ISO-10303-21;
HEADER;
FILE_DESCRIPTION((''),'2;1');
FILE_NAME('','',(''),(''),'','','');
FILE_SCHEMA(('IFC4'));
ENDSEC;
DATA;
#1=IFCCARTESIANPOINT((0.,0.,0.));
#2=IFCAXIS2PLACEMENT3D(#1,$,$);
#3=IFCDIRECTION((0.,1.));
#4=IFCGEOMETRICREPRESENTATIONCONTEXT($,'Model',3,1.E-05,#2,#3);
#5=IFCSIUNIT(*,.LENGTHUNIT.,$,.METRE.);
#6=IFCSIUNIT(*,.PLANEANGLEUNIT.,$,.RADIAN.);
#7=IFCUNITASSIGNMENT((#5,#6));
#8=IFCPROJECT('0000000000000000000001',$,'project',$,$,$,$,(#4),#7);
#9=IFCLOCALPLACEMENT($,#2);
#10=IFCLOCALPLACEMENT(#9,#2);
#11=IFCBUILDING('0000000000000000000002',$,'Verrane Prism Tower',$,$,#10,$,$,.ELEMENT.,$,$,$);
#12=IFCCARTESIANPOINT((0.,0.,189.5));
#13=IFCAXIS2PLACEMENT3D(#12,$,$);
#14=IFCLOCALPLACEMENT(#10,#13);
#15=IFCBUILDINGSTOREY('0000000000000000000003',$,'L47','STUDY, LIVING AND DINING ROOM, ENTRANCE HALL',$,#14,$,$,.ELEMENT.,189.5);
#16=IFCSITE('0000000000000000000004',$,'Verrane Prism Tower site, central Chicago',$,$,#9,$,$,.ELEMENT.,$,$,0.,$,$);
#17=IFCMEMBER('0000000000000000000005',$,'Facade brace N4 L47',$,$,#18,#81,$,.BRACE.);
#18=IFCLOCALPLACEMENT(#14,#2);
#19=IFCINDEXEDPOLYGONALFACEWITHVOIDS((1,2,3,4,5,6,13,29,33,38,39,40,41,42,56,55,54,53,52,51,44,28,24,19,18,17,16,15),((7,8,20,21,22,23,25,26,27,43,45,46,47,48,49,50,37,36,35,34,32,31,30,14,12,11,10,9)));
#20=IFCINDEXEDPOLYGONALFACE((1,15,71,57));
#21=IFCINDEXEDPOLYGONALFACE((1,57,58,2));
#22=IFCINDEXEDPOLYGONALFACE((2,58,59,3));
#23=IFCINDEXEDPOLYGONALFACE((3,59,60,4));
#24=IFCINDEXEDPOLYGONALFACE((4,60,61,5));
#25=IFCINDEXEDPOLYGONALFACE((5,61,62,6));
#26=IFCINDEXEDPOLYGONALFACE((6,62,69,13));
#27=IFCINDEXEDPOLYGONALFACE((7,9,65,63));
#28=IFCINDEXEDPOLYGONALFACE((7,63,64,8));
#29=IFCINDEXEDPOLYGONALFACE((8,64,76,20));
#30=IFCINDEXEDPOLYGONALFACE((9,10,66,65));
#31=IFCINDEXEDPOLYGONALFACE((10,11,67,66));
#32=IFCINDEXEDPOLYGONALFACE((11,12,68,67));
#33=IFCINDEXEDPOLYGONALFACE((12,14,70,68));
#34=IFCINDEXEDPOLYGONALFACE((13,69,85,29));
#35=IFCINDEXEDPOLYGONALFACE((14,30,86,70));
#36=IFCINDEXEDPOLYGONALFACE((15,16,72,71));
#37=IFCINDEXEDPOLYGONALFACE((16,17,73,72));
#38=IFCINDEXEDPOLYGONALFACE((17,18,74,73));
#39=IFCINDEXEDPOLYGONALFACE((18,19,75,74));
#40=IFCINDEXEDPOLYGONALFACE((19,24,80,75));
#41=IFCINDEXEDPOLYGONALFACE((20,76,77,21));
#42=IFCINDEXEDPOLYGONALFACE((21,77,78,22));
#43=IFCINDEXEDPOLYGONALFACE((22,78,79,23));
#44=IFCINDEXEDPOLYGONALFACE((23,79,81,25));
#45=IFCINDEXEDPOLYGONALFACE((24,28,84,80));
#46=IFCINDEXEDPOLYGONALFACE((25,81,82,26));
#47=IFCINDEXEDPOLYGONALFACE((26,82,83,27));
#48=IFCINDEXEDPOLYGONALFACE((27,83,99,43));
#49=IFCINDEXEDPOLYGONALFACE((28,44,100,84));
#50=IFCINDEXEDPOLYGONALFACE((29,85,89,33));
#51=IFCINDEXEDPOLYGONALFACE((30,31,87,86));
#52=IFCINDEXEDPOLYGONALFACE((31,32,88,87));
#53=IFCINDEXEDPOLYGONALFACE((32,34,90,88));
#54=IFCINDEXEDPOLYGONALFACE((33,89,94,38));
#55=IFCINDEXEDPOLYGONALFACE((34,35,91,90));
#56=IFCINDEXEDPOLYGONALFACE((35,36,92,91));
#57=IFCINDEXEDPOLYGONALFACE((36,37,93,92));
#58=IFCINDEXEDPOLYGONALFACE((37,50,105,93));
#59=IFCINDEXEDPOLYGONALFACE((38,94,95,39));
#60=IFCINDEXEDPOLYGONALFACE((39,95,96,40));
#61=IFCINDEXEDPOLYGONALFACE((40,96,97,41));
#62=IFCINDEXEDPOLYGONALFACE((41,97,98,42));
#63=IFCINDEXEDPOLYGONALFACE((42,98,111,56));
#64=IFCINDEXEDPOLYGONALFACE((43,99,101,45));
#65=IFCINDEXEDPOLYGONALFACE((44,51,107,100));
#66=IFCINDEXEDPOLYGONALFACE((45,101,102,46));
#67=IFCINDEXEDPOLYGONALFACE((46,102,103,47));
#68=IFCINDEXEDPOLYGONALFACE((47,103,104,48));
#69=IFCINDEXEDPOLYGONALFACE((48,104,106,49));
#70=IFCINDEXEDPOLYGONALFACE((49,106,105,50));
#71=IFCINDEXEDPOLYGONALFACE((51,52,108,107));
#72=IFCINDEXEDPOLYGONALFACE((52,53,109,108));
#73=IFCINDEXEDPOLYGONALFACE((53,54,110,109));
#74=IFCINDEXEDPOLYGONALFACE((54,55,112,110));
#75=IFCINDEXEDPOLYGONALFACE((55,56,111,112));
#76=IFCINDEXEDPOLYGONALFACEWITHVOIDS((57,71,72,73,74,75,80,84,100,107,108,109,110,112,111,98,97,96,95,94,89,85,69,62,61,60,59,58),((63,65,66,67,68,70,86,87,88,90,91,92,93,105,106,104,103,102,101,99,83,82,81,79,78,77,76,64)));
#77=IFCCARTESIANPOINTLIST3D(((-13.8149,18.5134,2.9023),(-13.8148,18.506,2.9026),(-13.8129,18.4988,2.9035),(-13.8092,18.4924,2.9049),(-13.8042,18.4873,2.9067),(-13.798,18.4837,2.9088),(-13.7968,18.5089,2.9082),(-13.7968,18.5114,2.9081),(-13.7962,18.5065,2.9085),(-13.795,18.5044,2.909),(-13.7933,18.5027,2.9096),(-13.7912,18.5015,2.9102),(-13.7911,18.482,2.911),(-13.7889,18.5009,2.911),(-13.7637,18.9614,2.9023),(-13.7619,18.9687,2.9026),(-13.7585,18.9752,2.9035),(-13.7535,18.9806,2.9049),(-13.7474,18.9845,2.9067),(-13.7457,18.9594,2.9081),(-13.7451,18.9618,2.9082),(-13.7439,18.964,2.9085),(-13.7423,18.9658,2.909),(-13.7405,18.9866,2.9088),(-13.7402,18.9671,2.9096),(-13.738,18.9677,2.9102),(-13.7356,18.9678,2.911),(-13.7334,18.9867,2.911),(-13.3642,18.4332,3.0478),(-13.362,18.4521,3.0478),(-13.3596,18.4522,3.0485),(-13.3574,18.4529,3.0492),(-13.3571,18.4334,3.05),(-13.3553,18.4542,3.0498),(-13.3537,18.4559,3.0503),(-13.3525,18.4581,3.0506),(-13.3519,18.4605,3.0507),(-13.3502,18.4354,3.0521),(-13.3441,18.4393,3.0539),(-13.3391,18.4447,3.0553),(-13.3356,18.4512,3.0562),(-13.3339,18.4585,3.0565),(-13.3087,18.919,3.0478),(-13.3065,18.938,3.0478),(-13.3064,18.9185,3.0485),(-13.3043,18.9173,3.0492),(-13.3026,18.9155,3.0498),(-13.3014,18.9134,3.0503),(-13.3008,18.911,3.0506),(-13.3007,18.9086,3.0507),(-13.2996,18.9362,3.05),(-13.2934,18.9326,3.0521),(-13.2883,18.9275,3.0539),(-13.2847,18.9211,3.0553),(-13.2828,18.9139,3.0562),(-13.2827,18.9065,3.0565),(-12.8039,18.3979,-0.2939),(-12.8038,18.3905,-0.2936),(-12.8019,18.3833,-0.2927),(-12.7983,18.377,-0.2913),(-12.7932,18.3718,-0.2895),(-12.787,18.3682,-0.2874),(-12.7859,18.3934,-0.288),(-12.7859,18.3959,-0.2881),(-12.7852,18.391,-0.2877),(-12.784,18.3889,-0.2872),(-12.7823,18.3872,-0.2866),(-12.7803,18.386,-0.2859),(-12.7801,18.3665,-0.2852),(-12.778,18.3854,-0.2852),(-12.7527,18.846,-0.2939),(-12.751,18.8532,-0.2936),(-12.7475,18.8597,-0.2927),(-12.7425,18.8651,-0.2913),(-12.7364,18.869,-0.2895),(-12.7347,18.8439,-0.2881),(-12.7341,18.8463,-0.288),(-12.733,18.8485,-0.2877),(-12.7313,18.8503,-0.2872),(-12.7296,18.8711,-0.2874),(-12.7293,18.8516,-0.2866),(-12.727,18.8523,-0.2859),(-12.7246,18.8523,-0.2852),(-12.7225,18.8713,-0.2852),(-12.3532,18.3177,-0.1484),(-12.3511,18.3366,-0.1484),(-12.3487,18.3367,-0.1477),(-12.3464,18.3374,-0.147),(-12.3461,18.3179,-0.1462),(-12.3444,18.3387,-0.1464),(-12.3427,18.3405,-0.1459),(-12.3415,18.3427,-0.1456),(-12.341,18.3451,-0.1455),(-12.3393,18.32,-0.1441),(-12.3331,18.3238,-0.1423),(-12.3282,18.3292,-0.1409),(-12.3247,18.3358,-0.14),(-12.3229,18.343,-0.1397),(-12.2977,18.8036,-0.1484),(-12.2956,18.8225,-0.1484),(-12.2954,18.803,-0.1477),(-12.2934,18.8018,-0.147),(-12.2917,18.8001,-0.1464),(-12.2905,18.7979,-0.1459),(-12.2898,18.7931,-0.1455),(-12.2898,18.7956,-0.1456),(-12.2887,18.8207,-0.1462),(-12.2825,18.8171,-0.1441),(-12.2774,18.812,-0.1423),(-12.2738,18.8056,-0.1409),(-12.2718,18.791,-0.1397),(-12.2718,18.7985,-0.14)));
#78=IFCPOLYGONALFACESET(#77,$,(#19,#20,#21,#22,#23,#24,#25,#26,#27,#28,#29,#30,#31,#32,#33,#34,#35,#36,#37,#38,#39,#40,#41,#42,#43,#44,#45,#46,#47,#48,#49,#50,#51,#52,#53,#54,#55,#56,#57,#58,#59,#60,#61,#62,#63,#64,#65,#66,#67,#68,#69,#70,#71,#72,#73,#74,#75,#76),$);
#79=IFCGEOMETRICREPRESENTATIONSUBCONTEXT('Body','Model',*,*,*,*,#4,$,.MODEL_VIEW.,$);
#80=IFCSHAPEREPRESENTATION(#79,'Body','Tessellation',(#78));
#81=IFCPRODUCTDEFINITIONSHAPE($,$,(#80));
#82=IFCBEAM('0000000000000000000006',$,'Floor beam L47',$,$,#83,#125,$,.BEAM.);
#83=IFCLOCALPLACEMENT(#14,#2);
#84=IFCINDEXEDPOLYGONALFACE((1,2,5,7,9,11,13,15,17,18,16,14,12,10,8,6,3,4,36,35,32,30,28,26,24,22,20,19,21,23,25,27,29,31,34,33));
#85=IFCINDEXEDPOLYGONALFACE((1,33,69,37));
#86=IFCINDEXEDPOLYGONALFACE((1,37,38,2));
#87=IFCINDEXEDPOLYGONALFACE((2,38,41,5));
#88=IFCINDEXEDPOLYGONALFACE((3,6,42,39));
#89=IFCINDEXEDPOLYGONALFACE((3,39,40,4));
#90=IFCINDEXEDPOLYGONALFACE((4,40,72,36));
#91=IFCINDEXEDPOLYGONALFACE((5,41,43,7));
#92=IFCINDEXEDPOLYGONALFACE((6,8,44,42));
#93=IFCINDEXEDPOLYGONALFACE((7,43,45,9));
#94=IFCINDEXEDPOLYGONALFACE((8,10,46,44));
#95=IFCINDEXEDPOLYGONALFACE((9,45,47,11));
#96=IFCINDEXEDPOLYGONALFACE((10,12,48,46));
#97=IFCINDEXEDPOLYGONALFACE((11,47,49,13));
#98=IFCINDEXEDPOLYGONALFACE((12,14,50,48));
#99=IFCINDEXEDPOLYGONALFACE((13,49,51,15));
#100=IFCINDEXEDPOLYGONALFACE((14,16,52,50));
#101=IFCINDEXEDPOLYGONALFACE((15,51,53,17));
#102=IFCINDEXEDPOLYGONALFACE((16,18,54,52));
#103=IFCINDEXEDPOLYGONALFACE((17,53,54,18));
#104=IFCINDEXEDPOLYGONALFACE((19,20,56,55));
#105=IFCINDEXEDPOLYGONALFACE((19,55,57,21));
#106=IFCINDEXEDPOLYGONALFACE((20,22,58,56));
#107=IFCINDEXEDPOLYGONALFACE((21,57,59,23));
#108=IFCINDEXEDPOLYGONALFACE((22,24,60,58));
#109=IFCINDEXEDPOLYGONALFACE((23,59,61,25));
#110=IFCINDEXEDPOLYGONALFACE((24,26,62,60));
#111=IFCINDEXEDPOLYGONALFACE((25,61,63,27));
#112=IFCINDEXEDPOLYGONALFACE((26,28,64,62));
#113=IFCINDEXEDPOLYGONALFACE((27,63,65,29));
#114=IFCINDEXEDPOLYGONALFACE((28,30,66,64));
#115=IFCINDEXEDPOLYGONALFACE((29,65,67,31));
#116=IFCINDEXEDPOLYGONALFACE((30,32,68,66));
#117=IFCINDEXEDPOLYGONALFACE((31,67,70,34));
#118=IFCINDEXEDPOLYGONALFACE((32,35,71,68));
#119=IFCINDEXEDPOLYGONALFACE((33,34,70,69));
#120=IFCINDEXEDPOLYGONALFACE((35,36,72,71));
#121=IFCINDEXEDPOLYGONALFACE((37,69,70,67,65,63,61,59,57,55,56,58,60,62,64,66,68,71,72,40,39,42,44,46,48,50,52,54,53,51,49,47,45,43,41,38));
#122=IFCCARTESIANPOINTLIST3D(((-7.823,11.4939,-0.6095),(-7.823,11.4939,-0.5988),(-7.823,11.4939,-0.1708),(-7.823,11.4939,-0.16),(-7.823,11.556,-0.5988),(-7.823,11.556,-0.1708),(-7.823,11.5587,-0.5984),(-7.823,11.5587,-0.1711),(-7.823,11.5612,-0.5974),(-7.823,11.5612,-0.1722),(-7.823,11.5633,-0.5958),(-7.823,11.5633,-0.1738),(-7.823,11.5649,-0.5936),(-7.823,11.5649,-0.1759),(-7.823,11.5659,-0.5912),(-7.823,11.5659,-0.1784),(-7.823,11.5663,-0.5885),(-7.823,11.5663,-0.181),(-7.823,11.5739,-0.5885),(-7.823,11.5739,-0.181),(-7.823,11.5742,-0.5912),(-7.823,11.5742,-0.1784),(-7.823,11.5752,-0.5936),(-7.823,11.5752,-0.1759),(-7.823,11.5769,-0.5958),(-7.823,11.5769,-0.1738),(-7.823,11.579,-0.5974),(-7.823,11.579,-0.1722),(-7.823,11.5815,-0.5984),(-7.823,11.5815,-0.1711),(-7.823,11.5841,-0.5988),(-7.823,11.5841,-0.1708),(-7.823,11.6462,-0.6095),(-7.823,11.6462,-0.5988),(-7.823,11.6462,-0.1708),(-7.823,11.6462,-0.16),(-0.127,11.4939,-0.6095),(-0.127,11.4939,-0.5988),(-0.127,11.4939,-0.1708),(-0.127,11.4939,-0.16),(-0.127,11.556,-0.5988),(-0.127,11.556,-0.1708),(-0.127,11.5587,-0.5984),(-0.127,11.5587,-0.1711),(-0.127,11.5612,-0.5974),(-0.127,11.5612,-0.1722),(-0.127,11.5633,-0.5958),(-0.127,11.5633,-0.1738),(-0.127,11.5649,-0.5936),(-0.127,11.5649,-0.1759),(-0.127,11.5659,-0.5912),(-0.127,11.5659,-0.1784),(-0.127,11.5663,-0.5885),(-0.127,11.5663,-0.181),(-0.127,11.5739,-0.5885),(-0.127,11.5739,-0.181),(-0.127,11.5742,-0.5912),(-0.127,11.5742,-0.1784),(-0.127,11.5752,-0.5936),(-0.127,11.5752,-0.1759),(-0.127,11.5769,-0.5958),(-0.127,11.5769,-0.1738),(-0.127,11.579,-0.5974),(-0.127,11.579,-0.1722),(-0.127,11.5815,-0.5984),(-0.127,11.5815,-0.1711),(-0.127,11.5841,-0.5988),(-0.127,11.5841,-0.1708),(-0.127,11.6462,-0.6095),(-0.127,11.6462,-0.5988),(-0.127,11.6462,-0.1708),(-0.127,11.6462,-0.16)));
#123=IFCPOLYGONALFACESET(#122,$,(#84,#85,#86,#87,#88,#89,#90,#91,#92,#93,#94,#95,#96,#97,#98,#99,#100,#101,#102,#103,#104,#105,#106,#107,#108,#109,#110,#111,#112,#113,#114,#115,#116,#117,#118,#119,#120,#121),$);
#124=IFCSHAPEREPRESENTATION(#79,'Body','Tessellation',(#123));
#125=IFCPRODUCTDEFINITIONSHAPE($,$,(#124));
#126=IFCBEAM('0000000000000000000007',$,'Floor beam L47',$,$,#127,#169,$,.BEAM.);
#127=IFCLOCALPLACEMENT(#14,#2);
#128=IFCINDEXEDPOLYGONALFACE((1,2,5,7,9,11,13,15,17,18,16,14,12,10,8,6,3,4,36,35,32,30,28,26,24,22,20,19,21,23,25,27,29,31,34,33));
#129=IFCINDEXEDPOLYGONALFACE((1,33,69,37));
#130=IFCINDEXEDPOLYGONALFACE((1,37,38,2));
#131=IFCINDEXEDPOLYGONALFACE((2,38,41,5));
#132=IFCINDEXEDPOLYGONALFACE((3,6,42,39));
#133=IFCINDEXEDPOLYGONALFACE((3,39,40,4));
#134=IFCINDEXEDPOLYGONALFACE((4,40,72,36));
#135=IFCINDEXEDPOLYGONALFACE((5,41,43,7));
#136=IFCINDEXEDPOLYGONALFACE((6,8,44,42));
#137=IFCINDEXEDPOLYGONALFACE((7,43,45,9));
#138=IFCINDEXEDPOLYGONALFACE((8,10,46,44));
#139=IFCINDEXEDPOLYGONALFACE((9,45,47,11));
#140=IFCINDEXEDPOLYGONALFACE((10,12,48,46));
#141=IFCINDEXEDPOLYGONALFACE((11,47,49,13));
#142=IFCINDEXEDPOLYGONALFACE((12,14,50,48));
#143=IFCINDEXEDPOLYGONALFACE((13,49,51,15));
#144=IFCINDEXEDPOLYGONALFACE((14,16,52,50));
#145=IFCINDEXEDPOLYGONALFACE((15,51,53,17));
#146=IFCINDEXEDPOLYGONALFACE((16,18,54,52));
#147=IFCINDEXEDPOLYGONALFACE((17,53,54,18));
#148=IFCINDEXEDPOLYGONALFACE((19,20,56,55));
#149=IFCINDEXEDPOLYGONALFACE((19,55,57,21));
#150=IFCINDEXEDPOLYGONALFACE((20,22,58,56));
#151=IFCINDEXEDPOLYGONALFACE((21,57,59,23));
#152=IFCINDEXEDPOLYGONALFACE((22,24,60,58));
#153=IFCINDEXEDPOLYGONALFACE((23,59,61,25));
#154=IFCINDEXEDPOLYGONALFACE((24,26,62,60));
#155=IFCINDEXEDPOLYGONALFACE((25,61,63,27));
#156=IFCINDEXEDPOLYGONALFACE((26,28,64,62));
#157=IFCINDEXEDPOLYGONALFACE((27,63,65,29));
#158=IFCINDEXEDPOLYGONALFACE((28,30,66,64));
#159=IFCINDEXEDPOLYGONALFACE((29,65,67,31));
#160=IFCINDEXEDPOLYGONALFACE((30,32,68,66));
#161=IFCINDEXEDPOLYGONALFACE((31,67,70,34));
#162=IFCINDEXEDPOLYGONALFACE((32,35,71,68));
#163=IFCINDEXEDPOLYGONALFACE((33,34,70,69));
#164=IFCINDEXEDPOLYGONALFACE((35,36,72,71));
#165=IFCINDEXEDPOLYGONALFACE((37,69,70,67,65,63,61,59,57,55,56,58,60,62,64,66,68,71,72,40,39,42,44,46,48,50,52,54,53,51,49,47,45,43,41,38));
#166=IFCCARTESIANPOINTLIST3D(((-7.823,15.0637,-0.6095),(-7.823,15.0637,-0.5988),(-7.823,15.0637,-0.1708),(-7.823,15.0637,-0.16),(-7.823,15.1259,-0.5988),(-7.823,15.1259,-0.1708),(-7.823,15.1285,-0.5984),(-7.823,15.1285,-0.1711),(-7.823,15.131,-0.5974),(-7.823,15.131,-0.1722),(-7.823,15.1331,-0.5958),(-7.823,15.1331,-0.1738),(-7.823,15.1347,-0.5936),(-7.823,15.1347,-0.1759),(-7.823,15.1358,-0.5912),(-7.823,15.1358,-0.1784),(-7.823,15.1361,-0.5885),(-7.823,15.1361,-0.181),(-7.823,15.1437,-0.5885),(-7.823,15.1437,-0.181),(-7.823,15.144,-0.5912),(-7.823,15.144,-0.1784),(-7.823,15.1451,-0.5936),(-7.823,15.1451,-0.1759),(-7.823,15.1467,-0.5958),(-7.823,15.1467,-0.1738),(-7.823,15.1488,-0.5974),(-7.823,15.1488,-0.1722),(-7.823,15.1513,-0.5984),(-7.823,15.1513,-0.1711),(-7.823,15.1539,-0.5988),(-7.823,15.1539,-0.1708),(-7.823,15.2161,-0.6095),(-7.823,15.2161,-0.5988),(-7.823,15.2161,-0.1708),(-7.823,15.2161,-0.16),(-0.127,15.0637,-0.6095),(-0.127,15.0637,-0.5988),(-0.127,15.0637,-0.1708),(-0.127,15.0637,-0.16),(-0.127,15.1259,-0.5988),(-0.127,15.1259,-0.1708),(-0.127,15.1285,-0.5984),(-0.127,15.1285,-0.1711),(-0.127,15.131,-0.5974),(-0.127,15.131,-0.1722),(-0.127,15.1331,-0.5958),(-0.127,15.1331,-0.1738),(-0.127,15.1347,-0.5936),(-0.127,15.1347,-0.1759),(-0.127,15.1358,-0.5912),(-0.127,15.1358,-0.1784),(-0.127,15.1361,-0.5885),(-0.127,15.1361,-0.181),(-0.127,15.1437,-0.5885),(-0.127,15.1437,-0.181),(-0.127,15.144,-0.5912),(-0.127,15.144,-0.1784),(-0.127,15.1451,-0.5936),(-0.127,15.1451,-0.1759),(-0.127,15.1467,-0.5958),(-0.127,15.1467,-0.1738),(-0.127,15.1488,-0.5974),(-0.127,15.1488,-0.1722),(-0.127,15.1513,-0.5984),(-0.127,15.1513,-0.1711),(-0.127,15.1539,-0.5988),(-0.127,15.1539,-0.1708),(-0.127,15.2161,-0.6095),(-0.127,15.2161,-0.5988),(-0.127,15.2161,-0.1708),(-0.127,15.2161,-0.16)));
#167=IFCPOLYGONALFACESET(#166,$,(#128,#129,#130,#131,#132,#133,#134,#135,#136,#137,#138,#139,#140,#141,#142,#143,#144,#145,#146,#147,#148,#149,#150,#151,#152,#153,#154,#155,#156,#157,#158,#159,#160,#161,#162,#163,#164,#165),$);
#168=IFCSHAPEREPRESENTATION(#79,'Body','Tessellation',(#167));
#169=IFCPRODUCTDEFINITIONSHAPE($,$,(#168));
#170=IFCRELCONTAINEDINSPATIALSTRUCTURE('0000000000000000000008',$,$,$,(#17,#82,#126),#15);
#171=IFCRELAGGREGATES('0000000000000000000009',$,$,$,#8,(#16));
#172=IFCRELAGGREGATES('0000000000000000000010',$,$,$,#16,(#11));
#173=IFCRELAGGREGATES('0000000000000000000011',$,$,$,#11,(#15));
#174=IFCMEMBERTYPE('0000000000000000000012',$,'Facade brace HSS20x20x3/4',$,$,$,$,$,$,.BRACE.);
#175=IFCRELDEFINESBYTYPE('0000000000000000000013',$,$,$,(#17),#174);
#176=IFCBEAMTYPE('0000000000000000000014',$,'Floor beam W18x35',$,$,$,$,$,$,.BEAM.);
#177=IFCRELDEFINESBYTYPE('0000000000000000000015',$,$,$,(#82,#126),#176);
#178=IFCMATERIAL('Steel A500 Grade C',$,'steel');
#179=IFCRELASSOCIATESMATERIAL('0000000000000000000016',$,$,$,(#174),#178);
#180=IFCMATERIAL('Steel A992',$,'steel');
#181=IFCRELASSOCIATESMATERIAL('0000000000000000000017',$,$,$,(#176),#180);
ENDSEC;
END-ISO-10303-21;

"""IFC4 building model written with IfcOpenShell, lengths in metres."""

from ifc_helpers import new_model, si_unit, direction, frame, origin, origin_2d, place, context, subcontext, project, spatial, hollow_rectangle, i_section, extrude, material, material_profile, profile_set, type_object, element, save


model = new_model("IFC4")

# Units and contexts
model_context = context("Model", 3, precision=1e-05, world=origin(), true_north=direction((0.0, 1.0)))
body_context = subcontext(model_context, "Body", "Model", "MODEL_VIEW")
ifc_project = project(units=[si_unit("LENGTHUNIT", "METRE"), si_unit("PLANEANGLEUNIT", "RADIAN")], contexts=[model_context])

# Site, building, storey
site_placement = place(None, origin())
site = spatial("IfcSite", under=ifc_project, at=site_placement, Name="Verrane Prism Tower site, central Chicago", CompositionType="ELEMENT", RefElevation=0.0)
building_placement = place(site_placement, origin())
building = spatial("IfcBuilding", under=site, at=building_placement, Name="Verrane Prism Tower", CompositionType="ELEMENT")
storey_placement = place(building_placement, frame((0.0, 0.0, 189.5)))
storey = spatial("IfcBuildingStorey", under=building, at=storey_placement, Name="L47", Description="STUDY, LIVING AND DINING ROOM, ENTRANCE HALL", CompositionType="ELEMENT", Elevation=189.5)

# Member
ifc_material_1 = material(Name="Steel A500 Grade C", Category="steel")
ifc_material_profile_1 = material_profile(ifc_material_1, hollow_rectangle(XDim=0.5081, YDim=0.5081, WallThickness=0.019, InnerFilletRadius=0.0095, OuterFilletRadius=0.0286, at=origin_2d()), Name="HSS20x20x3/4")
ifc_profile_set_1 = profile_set([ifc_material_profile_1], Name="Steel A500 Grade C")
member_type_1 = type_object("IfcMemberType", Name="Facade brace HSS20x20x3/4", PredefinedType="BRACE", material=ifc_profile_set_1)
member_1_placement = place(storey_placement, frame((-12.5378, 18.5945, -0.2168), z_axis=(-0.301395, 0.034426, 0.952878), x_axis=(-0.113486, -0.99354, 0.0)))
element("IfcMember", 1, at=member_1_placement, inside=storey, type_object=member_type_1, Name="Facade brace N4 L47", PredefinedType="BRACE", context=body_context, shape_type="SweptSolid", body=[
    extrude(hollow_rectangle(XDim=0.5081, YDim=0.5081, WallThickness=0.019, InnerFilletRadius=0.0095, OuterFilletRadius=0.0286, at=origin_2d()), origin(), (0.0, 0.0, 1.0), 3.3542),
])

# Beams
ifc_material_2 = material(Name="Steel A992", Category="steel")
ifc_material_profile_2 = material_profile(ifc_material_2, i_section(OverallWidth=0.1523, OverallDepth=0.4495, WebThickness=0.0076, FlangeThickness=0.0107, FilletRadius=0.0103, at=origin_2d()), Name="W18x35")
ifc_profile_set_2 = profile_set([ifc_material_profile_2], Name="Steel A992")
beam_type_1 = type_object("IfcBeamType", Name="Floor beam W18x35", PredefinedType="BEAM", material=ifc_profile_set_2)
for number, where, z_axis, x_axis, name in (
    (2, (-7.823, 11.5701, -0.3848), (1.0, 0.0, 0.0), (0.0, 1.0, 0.0), "Floor beam L47"),
    (3, (-7.823, 15.1399, -0.3848), (1.0, 0.0, 0.0), (0.0, 1.0, 0.0), "Floor beam L47"),
):
    element("IfcBeam", number, at=place(storey_placement, frame(where, z_axis=z_axis, x_axis=x_axis)), inside=storey, type_object=beam_type_1, Name=name, PredefinedType="BEAM", context=body_context, shape_type="SweptSolid", body=[
        extrude(i_section(OverallWidth=0.1523, OverallDepth=0.4495, WebThickness=0.0076, FlangeThickness=0.0107, FilletRadius=0.0103, at=origin_2d()), origin(), (0.0, 0.0, 1.0), 7.696),
    ])

save(model, "model.ifc")
